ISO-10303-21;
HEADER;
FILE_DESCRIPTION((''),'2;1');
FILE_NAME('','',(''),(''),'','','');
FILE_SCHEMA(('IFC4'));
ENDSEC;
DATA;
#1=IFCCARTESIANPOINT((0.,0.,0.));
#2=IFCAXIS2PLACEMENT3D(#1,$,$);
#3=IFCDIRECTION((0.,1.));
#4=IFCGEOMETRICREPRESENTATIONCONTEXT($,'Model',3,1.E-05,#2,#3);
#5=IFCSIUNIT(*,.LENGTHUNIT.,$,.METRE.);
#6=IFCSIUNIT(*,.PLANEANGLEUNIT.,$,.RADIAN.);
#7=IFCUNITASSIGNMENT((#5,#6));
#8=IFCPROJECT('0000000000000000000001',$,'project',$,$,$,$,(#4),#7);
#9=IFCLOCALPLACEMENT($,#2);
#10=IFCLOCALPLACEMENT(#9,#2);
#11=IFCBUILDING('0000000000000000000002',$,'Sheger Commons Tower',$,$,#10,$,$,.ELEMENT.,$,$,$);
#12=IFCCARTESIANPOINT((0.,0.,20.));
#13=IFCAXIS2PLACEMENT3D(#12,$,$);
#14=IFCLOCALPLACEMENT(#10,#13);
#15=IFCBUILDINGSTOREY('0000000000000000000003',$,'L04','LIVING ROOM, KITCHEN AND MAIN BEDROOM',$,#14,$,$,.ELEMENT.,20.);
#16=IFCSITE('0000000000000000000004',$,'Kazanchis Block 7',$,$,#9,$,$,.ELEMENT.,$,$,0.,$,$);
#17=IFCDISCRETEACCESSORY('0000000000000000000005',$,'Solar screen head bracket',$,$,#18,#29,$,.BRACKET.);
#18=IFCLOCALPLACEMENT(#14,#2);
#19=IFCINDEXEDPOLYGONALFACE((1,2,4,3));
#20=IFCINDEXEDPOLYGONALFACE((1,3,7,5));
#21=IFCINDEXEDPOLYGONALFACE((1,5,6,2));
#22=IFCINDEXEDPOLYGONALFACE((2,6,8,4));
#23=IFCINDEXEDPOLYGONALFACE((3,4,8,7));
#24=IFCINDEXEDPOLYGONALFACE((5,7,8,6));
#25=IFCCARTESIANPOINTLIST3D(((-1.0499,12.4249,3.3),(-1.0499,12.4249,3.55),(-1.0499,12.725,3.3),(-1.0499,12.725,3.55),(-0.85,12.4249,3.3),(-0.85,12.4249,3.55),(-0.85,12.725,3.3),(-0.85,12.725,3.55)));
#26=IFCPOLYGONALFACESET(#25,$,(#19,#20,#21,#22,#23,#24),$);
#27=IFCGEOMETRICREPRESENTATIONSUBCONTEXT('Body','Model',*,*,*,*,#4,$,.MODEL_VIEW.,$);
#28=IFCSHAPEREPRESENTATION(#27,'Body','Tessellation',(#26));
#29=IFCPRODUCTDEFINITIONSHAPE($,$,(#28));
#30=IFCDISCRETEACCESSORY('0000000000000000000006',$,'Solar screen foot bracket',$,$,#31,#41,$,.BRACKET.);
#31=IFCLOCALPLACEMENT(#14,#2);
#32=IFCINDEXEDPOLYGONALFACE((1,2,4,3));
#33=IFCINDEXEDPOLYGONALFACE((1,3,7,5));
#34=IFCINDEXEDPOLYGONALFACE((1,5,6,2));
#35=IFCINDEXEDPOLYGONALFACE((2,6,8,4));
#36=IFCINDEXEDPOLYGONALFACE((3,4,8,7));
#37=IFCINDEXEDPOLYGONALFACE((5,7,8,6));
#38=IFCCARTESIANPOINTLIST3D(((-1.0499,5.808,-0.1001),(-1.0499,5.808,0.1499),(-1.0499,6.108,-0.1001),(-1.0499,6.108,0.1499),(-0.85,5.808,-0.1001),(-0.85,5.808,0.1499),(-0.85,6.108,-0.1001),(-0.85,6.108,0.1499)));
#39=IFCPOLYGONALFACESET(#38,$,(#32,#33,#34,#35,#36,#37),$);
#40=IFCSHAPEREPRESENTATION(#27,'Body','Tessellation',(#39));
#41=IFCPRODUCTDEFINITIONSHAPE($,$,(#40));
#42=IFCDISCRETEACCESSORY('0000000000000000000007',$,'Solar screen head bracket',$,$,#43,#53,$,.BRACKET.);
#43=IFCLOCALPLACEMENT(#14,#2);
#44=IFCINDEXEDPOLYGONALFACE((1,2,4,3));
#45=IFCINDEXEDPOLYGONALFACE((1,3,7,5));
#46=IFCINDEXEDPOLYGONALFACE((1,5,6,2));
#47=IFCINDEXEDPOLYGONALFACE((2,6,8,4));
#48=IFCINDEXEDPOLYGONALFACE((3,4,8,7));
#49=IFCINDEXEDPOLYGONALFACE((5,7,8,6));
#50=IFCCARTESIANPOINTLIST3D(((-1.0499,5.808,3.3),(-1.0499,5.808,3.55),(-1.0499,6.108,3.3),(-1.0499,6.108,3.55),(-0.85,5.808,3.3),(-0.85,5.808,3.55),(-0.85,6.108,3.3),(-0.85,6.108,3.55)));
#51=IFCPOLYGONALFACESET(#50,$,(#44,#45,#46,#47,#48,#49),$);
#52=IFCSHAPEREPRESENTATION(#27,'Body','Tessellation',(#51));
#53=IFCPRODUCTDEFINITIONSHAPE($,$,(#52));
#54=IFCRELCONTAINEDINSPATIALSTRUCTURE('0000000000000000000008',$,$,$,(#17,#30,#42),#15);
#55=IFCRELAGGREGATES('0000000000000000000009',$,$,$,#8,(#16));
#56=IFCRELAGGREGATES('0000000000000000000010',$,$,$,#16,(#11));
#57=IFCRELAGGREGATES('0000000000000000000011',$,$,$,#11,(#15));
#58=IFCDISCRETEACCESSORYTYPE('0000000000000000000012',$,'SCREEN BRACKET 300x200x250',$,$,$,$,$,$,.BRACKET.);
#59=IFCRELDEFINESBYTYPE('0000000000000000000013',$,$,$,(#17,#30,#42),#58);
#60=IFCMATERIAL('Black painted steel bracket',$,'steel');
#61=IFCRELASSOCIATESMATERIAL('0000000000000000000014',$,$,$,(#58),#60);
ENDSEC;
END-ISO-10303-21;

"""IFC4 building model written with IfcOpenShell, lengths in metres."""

from ifc_helpers import new_model, si_unit, direction, frame, origin, origin_2d, place, context, subcontext, project, spatial, rectangle, extrude, material, type_object, element, save


model = new_model("IFC4")

# Units and contexts
model_context = context("Model", 3, precision=1e-05, world=origin(), true_north=direction((0.0, 1.0)))
body_context = subcontext(model_context, "Body", "Model", "MODEL_VIEW")
ifc_project = project(units=[si_unit("LENGTHUNIT", "METRE"), si_unit("PLANEANGLEUNIT", "RADIAN")], contexts=[model_context])

# Site, building, storey
site_placement = place(None, origin())
site = spatial("IfcSite", under=ifc_project, at=site_placement, Name="Kazanchis Block 7", CompositionType="ELEMENT", RefElevation=0.0)
building_placement = place(site_placement, origin())
building = spatial("IfcBuilding", under=site, at=building_placement, Name="Sheger Commons Tower", CompositionType="ELEMENT")
storey_placement = place(building_placement, frame((0.0, 0.0, 20.0)))
storey = spatial("IfcBuildingStorey", under=building, at=storey_placement, Name="L04", Description="LIVING ROOM, KITCHEN AND MAIN BEDROOM", CompositionType="ELEMENT", Elevation=20.0)

# Discrete accessories
ifc_material_1 = material(Name="Black painted steel bracket", Category="steel")
discrete_accessory_type = type_object("IfcDiscreteAccessoryType", Name="SCREEN BRACKET 300x200x250", PredefinedType="BRACKET", material=ifc_material_1)
for number, where, z_axis, x_axis, name in (
    (1, (-0.95, 12.575, 3.3), (0.0, 0.0, 1.0), (0.0, -1.0, 0.0), "Solar screen head bracket"),
    (2, (-0.95, 5.958, -0.1001), (0.0, 0.0, 1.0), (0.0, -1.0, 0.0), "Solar screen foot bracket"),
    (3, (-0.95, 5.958, 3.3), (0.0, 0.0, 1.0), (0.0, -1.0, 0.0), "Solar screen head bracket"),
):
    element("IfcDiscreteAccessory", number, at=place(storey_placement, frame(where, z_axis=z_axis, x_axis=x_axis)), inside=storey, type_object=discrete_accessory_type, Name=name, PredefinedType="BRACKET", context=body_context, shape_type="SweptSolid", body=[
        extrude(rectangle(XDim=0.3, YDim=0.2, at=origin_2d()), origin(), (0.0, 0.0, 1.0), 0.25),
    ])

save(model, "model.ifc")
